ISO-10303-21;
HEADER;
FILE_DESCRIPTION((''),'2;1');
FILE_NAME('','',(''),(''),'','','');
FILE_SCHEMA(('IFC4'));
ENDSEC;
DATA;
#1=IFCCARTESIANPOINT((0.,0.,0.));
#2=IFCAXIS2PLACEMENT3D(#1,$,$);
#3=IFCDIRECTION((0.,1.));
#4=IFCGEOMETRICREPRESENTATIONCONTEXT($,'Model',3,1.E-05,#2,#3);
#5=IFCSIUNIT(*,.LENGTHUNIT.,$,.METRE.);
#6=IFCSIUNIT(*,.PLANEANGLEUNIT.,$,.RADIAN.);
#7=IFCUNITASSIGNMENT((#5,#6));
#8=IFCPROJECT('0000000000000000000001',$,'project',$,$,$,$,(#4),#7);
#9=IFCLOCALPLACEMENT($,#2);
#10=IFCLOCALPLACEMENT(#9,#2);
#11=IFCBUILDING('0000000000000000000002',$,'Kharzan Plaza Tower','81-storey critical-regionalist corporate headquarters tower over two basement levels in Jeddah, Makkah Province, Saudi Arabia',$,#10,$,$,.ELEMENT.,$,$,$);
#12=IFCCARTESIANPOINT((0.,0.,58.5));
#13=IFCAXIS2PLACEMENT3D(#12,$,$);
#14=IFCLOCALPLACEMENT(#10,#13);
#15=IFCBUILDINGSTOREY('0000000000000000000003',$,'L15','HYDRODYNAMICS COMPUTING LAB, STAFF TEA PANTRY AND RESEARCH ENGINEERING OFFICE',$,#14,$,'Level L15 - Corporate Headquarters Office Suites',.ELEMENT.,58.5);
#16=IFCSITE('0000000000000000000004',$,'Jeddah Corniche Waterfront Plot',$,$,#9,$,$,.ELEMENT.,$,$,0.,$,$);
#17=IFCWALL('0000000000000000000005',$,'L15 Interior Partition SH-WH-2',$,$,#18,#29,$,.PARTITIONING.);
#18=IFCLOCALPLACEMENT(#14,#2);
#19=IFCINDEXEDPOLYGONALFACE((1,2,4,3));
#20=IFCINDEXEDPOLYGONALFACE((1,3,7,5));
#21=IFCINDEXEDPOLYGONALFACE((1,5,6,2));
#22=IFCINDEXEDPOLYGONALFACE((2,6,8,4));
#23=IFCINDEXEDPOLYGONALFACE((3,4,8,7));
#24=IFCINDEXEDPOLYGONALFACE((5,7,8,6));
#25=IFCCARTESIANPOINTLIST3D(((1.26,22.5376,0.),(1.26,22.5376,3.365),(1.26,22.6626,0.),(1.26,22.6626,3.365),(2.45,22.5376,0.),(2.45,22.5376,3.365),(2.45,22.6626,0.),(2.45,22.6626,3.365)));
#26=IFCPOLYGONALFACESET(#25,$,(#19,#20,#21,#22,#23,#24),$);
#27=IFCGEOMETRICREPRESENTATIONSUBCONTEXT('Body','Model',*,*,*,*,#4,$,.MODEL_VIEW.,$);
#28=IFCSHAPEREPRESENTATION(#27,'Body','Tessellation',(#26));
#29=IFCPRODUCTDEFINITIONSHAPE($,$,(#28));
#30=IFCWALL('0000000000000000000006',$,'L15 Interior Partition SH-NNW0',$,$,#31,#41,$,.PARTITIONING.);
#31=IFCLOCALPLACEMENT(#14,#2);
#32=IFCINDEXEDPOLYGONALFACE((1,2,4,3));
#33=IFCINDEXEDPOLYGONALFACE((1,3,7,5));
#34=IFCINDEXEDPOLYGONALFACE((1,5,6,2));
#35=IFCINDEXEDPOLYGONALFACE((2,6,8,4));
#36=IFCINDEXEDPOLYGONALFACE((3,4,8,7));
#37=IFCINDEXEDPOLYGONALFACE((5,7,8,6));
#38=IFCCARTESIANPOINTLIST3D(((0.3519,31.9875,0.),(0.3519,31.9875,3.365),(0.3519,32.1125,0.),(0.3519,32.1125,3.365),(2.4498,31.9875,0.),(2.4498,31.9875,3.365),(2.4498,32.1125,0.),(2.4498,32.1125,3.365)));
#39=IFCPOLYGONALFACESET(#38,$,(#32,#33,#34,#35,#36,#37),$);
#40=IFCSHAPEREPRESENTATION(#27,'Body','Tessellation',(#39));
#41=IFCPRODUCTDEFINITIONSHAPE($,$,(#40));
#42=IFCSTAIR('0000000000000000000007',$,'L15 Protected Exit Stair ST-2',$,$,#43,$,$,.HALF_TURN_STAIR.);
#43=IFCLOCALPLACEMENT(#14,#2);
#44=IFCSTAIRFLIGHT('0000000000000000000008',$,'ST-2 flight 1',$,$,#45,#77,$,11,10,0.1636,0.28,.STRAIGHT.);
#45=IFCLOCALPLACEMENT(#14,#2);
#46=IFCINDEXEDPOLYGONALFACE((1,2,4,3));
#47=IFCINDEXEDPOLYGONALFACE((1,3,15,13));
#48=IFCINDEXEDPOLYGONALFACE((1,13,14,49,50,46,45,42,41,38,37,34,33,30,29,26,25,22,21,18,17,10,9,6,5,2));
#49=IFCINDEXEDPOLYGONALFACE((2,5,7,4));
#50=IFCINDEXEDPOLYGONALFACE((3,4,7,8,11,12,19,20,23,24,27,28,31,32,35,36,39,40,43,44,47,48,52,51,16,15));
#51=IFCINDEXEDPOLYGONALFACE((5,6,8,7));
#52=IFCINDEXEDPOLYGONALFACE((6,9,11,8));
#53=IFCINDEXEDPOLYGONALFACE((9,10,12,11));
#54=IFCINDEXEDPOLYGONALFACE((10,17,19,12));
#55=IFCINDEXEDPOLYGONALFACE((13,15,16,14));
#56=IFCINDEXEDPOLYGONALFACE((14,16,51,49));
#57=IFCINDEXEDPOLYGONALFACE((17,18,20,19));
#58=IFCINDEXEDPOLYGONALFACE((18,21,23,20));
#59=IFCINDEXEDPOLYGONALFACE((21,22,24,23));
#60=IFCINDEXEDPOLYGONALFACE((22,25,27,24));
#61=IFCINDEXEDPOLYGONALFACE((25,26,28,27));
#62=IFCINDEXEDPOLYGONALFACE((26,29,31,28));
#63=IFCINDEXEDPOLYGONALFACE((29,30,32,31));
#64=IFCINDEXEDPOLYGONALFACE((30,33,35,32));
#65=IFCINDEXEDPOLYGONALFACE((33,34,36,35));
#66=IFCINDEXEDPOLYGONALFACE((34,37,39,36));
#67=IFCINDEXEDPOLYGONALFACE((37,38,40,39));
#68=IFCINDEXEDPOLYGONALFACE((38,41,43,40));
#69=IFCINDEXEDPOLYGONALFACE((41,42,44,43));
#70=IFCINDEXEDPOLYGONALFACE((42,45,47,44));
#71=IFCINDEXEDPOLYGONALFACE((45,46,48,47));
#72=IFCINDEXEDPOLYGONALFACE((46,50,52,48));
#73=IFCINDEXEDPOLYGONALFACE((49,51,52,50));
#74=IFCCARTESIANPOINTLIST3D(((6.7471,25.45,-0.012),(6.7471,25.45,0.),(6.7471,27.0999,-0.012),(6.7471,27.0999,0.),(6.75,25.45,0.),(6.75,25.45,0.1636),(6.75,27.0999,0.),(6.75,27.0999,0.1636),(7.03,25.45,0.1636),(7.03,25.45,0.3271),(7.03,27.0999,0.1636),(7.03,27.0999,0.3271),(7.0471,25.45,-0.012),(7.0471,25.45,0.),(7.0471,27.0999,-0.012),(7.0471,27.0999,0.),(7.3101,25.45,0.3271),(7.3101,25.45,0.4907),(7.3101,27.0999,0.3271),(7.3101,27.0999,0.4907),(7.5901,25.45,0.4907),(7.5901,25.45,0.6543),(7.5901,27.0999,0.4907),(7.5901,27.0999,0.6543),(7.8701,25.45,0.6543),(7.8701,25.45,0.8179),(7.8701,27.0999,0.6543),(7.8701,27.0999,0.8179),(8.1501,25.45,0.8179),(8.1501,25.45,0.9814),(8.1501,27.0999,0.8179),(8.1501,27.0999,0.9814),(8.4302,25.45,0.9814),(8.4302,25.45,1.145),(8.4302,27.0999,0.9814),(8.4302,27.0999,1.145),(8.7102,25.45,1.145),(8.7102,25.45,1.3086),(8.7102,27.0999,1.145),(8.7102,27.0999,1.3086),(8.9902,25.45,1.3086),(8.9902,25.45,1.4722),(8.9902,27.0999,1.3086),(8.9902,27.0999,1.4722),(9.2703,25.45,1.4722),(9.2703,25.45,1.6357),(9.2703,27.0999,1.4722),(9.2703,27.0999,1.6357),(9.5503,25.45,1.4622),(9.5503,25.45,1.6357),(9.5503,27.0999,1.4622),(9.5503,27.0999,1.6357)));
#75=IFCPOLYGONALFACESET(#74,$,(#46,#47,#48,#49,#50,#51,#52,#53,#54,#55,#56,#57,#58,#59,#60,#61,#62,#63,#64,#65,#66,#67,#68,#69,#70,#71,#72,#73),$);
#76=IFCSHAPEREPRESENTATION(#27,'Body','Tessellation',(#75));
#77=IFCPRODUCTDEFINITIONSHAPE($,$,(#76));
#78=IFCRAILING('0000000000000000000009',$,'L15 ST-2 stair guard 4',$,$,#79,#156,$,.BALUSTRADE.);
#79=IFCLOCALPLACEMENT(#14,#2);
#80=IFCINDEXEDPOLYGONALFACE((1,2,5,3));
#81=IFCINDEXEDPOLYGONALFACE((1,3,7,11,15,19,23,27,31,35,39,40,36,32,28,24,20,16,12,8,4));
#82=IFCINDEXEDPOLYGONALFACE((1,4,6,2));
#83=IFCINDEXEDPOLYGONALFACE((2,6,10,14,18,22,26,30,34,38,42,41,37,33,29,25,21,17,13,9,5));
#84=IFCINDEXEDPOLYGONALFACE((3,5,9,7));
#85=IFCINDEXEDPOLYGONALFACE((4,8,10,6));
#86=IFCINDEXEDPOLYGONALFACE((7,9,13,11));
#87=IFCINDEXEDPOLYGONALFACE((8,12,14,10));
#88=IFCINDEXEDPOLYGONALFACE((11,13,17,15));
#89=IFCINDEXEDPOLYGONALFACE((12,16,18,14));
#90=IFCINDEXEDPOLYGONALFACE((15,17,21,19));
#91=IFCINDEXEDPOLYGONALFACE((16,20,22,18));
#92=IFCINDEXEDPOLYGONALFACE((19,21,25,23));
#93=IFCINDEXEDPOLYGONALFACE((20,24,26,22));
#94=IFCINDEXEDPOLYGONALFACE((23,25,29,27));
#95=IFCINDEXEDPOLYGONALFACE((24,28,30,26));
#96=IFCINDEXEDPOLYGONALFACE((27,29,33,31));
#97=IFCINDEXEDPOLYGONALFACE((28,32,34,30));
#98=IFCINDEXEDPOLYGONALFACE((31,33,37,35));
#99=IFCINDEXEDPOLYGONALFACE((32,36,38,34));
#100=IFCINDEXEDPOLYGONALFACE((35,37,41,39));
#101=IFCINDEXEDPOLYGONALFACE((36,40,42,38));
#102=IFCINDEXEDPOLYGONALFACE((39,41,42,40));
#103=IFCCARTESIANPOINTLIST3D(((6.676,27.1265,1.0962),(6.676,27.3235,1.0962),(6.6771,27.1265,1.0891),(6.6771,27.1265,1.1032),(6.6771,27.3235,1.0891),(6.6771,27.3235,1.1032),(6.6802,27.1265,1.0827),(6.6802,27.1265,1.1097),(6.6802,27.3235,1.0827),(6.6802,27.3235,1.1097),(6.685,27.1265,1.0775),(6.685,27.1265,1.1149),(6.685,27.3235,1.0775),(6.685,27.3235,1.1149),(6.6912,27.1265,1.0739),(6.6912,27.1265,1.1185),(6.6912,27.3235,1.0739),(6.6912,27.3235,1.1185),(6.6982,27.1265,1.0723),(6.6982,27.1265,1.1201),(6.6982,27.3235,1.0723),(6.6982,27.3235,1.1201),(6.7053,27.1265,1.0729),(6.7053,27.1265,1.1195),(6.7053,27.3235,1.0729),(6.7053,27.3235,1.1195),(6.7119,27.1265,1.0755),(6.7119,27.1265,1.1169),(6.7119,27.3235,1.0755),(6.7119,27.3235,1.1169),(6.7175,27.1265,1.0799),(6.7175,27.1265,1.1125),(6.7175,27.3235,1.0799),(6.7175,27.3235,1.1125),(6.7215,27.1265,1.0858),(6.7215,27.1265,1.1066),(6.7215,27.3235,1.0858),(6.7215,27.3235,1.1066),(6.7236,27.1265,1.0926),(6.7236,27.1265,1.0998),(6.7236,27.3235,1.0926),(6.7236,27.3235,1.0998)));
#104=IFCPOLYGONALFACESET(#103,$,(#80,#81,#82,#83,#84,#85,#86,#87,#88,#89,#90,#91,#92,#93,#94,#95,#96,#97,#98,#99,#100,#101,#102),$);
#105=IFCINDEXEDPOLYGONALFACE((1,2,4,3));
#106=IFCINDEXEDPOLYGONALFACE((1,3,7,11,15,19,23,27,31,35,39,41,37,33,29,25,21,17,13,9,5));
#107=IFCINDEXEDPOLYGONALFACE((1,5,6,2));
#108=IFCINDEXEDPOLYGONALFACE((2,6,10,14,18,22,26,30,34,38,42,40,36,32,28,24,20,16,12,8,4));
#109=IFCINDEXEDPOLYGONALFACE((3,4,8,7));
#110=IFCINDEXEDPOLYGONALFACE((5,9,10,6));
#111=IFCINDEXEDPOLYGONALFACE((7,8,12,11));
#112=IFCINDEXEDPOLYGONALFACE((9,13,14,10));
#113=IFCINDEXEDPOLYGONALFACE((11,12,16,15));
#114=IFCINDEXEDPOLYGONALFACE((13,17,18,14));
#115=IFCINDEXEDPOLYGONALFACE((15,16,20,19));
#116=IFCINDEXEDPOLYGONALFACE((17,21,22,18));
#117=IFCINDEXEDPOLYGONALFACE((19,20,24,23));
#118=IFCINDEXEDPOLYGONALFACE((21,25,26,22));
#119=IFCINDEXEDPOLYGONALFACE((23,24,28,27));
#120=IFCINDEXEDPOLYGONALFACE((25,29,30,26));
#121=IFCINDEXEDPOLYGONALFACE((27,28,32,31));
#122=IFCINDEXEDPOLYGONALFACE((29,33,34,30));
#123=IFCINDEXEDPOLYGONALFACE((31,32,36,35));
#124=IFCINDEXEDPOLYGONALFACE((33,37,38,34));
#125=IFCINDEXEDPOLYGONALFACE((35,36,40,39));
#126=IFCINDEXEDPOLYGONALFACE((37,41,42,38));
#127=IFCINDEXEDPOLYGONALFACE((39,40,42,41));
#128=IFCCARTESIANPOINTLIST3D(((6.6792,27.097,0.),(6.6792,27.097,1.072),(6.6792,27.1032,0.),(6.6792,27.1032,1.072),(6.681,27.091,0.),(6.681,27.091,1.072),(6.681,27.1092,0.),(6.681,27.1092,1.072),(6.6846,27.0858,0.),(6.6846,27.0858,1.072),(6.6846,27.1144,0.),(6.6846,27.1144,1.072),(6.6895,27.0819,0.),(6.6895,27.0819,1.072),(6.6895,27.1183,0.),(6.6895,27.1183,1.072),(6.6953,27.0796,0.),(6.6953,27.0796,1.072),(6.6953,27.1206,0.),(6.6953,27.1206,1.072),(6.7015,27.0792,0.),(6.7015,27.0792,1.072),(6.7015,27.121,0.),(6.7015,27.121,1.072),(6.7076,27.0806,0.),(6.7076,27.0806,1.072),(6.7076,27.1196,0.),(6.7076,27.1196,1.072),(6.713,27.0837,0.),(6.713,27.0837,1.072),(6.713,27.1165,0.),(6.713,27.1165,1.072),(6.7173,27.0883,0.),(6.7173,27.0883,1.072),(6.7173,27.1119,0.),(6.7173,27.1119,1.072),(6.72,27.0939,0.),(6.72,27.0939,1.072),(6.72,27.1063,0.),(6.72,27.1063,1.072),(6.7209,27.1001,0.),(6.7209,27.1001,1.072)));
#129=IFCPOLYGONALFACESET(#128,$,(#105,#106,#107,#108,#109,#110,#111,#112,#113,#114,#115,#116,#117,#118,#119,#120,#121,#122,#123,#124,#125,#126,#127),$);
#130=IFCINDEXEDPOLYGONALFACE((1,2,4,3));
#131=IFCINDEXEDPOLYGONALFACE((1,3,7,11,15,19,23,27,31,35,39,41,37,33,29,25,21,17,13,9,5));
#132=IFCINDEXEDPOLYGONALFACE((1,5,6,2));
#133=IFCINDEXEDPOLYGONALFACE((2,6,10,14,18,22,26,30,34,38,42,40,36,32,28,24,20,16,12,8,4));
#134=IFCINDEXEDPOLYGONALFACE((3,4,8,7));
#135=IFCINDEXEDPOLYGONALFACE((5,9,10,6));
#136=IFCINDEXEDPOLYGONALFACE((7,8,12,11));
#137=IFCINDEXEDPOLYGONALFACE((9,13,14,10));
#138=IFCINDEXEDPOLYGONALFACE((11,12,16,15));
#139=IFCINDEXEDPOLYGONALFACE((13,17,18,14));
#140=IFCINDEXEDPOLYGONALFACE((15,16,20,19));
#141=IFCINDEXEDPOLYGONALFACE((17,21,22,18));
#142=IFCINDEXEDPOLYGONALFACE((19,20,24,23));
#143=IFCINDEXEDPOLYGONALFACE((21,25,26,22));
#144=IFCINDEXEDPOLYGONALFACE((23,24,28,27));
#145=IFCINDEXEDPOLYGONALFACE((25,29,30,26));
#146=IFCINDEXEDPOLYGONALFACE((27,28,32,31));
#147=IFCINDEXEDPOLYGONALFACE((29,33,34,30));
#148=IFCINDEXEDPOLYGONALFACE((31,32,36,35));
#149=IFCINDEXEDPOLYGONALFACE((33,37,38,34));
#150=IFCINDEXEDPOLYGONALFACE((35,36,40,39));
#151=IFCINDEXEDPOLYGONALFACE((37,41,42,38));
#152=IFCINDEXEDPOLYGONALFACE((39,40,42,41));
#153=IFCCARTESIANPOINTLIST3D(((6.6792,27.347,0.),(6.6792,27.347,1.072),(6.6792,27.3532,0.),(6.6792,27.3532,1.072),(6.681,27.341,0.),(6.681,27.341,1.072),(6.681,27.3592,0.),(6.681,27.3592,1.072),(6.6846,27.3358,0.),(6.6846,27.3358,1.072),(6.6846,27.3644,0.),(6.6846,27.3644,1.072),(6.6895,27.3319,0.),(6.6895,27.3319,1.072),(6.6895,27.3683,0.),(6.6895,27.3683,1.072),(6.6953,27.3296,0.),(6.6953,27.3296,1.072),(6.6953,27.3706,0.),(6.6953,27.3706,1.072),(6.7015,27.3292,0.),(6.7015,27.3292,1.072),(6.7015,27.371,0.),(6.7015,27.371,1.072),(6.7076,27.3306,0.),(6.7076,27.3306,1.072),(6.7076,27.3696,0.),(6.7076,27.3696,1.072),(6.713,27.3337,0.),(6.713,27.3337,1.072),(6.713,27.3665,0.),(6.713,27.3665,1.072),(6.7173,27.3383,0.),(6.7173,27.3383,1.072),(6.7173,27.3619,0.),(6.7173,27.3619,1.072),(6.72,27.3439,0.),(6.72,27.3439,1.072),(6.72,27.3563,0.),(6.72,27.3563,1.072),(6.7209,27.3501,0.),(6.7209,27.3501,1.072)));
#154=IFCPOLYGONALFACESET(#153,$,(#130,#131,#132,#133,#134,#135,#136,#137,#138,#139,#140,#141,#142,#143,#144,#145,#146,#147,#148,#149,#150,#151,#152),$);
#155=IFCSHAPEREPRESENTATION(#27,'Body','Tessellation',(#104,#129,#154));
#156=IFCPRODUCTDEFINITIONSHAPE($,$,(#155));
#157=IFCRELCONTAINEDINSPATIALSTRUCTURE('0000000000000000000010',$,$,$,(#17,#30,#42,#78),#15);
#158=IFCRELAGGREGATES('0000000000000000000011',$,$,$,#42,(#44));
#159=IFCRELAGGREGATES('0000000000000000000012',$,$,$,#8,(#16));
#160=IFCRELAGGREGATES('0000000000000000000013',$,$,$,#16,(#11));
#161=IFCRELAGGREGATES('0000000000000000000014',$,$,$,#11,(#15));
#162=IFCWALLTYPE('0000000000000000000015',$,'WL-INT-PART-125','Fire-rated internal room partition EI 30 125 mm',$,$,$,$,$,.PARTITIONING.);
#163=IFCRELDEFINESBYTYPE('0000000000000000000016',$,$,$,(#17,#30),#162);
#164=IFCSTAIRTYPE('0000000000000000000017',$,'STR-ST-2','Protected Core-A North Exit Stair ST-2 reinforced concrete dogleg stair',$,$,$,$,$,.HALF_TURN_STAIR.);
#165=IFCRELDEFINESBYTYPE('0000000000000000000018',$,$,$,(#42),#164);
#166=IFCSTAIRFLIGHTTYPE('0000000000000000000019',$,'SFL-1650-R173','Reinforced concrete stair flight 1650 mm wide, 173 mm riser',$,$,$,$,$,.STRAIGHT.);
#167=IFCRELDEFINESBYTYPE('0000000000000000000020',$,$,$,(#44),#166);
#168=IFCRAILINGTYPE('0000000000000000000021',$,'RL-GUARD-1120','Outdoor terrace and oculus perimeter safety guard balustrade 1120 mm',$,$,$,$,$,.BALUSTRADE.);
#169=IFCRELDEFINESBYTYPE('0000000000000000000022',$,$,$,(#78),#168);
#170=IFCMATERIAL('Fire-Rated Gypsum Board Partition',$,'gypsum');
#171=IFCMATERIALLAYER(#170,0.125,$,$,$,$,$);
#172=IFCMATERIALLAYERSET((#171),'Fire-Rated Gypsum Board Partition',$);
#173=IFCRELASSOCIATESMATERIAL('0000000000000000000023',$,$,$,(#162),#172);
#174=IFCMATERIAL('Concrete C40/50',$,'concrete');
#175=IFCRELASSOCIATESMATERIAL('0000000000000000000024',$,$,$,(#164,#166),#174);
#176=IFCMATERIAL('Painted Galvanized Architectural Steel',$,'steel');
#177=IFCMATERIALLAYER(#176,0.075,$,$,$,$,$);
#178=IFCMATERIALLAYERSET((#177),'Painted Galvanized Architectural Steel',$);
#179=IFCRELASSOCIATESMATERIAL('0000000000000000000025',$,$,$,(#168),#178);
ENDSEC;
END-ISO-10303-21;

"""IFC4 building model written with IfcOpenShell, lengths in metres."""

from ifc_helpers import new_model, si_unit, direction, frame, frame_2d, origin, origin_2d, place, context, subcontext, project, spatial, polyline, rectangle, circle, outline, extrude, source, transform, mapped, material, layer, layer_set, type_object, element, aggregate, save


model = new_model("IFC4")

# Units and contexts
model_context = context("Model", 3, precision=1e-05, world=origin(), true_north=direction((0.0, 1.0)))
body_context = subcontext(model_context, "Body", "Model", "MODEL_VIEW")
ifc_project = project(units=[si_unit("LENGTHUNIT", "METRE"), si_unit("PLANEANGLEUNIT", "RADIAN")], contexts=[model_context])

# Site, building, storey
site_placement = place(None, origin())
site = spatial("IfcSite", under=ifc_project, at=site_placement, Name="Jeddah Corniche Waterfront Plot", CompositionType="ELEMENT", RefElevation=0.0)
building_placement = place(site_placement, origin())
building = spatial("IfcBuilding", under=site, at=building_placement, Name="Kharzan Plaza Tower", Description="81-storey critical-regionalist corporate headquarters tower over two basement levels in Jeddah, Makkah Province, Saudi Arabia", CompositionType="ELEMENT")
storey_placement = place(building_placement, frame((0.0, 0.0, 58.5)))
storey = spatial("IfcBuildingStorey", under=building, at=storey_placement, Name="L15", Description="HYDRODYNAMICS COMPUTING LAB, STAFF TEA PANTRY AND RESEARCH ENGINEERING OFFICE", LongName="Level L15 - Corporate Headquarters Office Suites", CompositionType="ELEMENT", Elevation=58.5)

# Shared definitions
ifc_material_1 = material(Name="Concrete C40/50", Category="concrete")

# Shared definitions
ifc_material_2 = material(Name="Fire-Rated Gypsum Board Partition", Category="gypsum")
ifc_layer_1 = layer(ifc_material_2, 0.125)
ifc_layer_set_1 = layer_set([ifc_layer_1], Name="Fire-Rated Gypsum Board Partition")
wall_type_1 = type_object("IfcWallType", Name="WL-INT-PART-125", Description="Fire-rated internal room partition EI 30 125 mm", PredefinedType="PARTITIONING", material=ifc_layer_set_1)

# Walls
shared_shape_1 = source(origin(), body_context, "Body", "SweptSolid", [
    extrude(rectangle(XDim=1.1899, YDim=0.125, at=frame_2d((0.595, 0.0))), origin(), (0.0, 0.0, 1.0), 3.365),
])
for number, where, z_axis, x_axis, name in (
    (1, (1.26, 22.6001, 0.0), (0.0, 0.0, 1.0), (1.0, 0.0, 0.0), "L15 Interior Partition SH-WH-2"),
):
    element("IfcWall", number, at=place(storey_placement, frame(where, z_axis=z_axis, x_axis=x_axis)), inside=storey, type_object=wall_type_1, Name=name, PredefinedType="PARTITIONING", context=body_context, shape_type="MappedRepresentation", body=[
        mapped(shared_shape_1, transform((0.0, 0.0, 0.0), x_axis=(1.0, 0.0, 0.0), y_axis=(0.0, 1.0, 0.0), z_axis=(0.0, 0.0, 1.0))),
    ])
shared_shape_2 = source(origin(), body_context, "Body", "SweptSolid", [
    extrude(rectangle(XDim=2.0979, YDim=0.125, at=frame_2d((1.0488, 0.0))), origin(), (0.0, 0.0, 1.0), 3.365),
])
wall_1_placement = place(storey_placement, frame((0.3521, 32.05, 0.0), z_axis=(0.0, 0.0, 1.0), x_axis=(1.0, 0.0, 0.0)))
element("IfcWall", 2, at=wall_1_placement, inside=storey, type_object=wall_type_1, Name="L15 Interior Partition SH-NNW0", PredefinedType="PARTITIONING", context=body_context, shape_type="MappedRepresentation", body=[
    mapped(shared_shape_2, transform((0.0, 0.0, 0.0), x_axis=(1.0, 0.0, 0.0), y_axis=(0.0, 1.0, 0.0), z_axis=(0.0, 0.0, 1.0))),
])

# Stair, stair flight
stair_type = type_object("IfcStairType", Name="STR-ST-2", Description="Protected Core-A North Exit Stair ST-2 reinforced concrete dogleg stair", PredefinedType="HALF_TURN_STAIR", material=ifc_material_1)
stair_placement = place(storey_placement, origin())
stair = element("IfcStair", 3, at=stair_placement, inside=storey, type_object=stair_type, Name="L15 Protected Exit Stair ST-2", PredefinedType="HALF_TURN_STAIR")
stair_flight_type = type_object("IfcStairFlightType", Name="SFL-1650-R173", Description="Reinforced concrete stair flight 1650 mm wide, 173 mm riser", PredefinedType="STRAIGHT", material=ifc_material_1)
shared_shape_3 = source(origin(), body_context, "Body", "SweptSolid", [
    extrude(outline(polyline([(-0.0029, -0.012), (-0.0029, 0.0), (0.0, 0.0), (0.0, 0.1636), (0.28, 0.1636), (0.28, 0.3271), (0.5601, 0.3271), (0.5601, 0.4907), (0.8401, 0.4907), (0.8401, 0.6543), (1.1201, 0.6543), (1.1201, 0.8179), (1.4001, 0.8179), (1.4001, 0.9814), (1.6802, 0.9814), (1.6802, 1.145), (1.9602, 1.145), (1.9602, 1.3086), (2.2402, 1.3086), (2.2402, 1.4722), (2.5203, 1.4722), (2.5203, 1.6357), (2.8003, 1.6357), (2.8003, 1.7993), (2.8003, 1.4622), (0.2971, 0.0), (0.2971, -0.012), (-0.0029, -0.012)])), frame((0.0, 0.825, 0.0), z_axis=(0.0, -1.0, 0.0), x_axis=(1.0, 0.0, 0.0)), (0.0, 0.0, 1.0), 1.6499),
])
stair_flight_placement = place(storey_placement, frame((6.75, 26.2749, 0.0), z_axis=(0.0, 0.0, 1.0), x_axis=(1.0, 0.0, 0.0)))
stair_flight = element("IfcStairFlight", 4, at=stair_flight_placement, type_object=stair_flight_type, Name="ST-2 flight 1", NumberOfRisers=11, NumberOfTreads=10, PredefinedType="STRAIGHT", RiserHeight=0.1636, TreadLength=0.28, context=body_context, shape_type="MappedRepresentation", body=[
    mapped(shared_shape_3, transform((0.0, 0.0, 0.0), x_axis=(1.0, 0.0, 0.0), y_axis=(0.0, 1.0, 0.0), z_axis=(0.0, 0.0, 1.0))),
])
aggregate(stair, [stair_flight])

# Railing
ifc_material_3 = material(Name="Painted Galvanized Architectural Steel", Category="steel")
ifc_layer_2 = layer(ifc_material_3, 0.075)
ifc_layer_set_2 = layer_set([ifc_layer_2], Name="Painted Galvanized Architectural Steel")
railing_type_1 = type_object("IfcRailingType", Name="RL-GUARD-1120", Description="Outdoor terrace and oculus perimeter safety guard balustrade 1120 mm", PredefinedType="BALUSTRADE", material=ifc_layer_set_2)
shared_shape_4 = source(origin(), body_context, "Body", "SweptSolid", [
    extrude(circle(Radius=0.0239, at=origin_2d()), frame((0.0, 0.0264, 1.0962), z_axis=(0.0, 1.0, 0.0), x_axis=(-1.0, 0.0, 0.0)), (0.0, 0.0, 1.0), 0.197),
    extrude(circle(Radius=0.021, at=origin_2d()), origin(), (0.0, 0.0, 1.0), 1.072),
    extrude(circle(Radius=0.021, at=origin_2d()), frame((0.0, 0.25, 0.0)), (0.0, 0.0, 1.0), 1.072),
])
railing_1_placement = place(storey_placement, frame((6.7, 27.1001, 0.0)))
element("IfcRailing", 5, at=railing_1_placement, inside=storey, type_object=railing_type_1, Name="L15 ST-2 stair guard 4", PredefinedType="BALUSTRADE", context=body_context, shape_type="MappedRepresentation", body=[
    mapped(shared_shape_4, transform((0.0, 0.0, 0.0), x_axis=(1.0, 0.0, 0.0), y_axis=(0.0, 1.0, 0.0), z_axis=(0.0, 0.0, 1.0))),
])

save(model, "model.ifc")
